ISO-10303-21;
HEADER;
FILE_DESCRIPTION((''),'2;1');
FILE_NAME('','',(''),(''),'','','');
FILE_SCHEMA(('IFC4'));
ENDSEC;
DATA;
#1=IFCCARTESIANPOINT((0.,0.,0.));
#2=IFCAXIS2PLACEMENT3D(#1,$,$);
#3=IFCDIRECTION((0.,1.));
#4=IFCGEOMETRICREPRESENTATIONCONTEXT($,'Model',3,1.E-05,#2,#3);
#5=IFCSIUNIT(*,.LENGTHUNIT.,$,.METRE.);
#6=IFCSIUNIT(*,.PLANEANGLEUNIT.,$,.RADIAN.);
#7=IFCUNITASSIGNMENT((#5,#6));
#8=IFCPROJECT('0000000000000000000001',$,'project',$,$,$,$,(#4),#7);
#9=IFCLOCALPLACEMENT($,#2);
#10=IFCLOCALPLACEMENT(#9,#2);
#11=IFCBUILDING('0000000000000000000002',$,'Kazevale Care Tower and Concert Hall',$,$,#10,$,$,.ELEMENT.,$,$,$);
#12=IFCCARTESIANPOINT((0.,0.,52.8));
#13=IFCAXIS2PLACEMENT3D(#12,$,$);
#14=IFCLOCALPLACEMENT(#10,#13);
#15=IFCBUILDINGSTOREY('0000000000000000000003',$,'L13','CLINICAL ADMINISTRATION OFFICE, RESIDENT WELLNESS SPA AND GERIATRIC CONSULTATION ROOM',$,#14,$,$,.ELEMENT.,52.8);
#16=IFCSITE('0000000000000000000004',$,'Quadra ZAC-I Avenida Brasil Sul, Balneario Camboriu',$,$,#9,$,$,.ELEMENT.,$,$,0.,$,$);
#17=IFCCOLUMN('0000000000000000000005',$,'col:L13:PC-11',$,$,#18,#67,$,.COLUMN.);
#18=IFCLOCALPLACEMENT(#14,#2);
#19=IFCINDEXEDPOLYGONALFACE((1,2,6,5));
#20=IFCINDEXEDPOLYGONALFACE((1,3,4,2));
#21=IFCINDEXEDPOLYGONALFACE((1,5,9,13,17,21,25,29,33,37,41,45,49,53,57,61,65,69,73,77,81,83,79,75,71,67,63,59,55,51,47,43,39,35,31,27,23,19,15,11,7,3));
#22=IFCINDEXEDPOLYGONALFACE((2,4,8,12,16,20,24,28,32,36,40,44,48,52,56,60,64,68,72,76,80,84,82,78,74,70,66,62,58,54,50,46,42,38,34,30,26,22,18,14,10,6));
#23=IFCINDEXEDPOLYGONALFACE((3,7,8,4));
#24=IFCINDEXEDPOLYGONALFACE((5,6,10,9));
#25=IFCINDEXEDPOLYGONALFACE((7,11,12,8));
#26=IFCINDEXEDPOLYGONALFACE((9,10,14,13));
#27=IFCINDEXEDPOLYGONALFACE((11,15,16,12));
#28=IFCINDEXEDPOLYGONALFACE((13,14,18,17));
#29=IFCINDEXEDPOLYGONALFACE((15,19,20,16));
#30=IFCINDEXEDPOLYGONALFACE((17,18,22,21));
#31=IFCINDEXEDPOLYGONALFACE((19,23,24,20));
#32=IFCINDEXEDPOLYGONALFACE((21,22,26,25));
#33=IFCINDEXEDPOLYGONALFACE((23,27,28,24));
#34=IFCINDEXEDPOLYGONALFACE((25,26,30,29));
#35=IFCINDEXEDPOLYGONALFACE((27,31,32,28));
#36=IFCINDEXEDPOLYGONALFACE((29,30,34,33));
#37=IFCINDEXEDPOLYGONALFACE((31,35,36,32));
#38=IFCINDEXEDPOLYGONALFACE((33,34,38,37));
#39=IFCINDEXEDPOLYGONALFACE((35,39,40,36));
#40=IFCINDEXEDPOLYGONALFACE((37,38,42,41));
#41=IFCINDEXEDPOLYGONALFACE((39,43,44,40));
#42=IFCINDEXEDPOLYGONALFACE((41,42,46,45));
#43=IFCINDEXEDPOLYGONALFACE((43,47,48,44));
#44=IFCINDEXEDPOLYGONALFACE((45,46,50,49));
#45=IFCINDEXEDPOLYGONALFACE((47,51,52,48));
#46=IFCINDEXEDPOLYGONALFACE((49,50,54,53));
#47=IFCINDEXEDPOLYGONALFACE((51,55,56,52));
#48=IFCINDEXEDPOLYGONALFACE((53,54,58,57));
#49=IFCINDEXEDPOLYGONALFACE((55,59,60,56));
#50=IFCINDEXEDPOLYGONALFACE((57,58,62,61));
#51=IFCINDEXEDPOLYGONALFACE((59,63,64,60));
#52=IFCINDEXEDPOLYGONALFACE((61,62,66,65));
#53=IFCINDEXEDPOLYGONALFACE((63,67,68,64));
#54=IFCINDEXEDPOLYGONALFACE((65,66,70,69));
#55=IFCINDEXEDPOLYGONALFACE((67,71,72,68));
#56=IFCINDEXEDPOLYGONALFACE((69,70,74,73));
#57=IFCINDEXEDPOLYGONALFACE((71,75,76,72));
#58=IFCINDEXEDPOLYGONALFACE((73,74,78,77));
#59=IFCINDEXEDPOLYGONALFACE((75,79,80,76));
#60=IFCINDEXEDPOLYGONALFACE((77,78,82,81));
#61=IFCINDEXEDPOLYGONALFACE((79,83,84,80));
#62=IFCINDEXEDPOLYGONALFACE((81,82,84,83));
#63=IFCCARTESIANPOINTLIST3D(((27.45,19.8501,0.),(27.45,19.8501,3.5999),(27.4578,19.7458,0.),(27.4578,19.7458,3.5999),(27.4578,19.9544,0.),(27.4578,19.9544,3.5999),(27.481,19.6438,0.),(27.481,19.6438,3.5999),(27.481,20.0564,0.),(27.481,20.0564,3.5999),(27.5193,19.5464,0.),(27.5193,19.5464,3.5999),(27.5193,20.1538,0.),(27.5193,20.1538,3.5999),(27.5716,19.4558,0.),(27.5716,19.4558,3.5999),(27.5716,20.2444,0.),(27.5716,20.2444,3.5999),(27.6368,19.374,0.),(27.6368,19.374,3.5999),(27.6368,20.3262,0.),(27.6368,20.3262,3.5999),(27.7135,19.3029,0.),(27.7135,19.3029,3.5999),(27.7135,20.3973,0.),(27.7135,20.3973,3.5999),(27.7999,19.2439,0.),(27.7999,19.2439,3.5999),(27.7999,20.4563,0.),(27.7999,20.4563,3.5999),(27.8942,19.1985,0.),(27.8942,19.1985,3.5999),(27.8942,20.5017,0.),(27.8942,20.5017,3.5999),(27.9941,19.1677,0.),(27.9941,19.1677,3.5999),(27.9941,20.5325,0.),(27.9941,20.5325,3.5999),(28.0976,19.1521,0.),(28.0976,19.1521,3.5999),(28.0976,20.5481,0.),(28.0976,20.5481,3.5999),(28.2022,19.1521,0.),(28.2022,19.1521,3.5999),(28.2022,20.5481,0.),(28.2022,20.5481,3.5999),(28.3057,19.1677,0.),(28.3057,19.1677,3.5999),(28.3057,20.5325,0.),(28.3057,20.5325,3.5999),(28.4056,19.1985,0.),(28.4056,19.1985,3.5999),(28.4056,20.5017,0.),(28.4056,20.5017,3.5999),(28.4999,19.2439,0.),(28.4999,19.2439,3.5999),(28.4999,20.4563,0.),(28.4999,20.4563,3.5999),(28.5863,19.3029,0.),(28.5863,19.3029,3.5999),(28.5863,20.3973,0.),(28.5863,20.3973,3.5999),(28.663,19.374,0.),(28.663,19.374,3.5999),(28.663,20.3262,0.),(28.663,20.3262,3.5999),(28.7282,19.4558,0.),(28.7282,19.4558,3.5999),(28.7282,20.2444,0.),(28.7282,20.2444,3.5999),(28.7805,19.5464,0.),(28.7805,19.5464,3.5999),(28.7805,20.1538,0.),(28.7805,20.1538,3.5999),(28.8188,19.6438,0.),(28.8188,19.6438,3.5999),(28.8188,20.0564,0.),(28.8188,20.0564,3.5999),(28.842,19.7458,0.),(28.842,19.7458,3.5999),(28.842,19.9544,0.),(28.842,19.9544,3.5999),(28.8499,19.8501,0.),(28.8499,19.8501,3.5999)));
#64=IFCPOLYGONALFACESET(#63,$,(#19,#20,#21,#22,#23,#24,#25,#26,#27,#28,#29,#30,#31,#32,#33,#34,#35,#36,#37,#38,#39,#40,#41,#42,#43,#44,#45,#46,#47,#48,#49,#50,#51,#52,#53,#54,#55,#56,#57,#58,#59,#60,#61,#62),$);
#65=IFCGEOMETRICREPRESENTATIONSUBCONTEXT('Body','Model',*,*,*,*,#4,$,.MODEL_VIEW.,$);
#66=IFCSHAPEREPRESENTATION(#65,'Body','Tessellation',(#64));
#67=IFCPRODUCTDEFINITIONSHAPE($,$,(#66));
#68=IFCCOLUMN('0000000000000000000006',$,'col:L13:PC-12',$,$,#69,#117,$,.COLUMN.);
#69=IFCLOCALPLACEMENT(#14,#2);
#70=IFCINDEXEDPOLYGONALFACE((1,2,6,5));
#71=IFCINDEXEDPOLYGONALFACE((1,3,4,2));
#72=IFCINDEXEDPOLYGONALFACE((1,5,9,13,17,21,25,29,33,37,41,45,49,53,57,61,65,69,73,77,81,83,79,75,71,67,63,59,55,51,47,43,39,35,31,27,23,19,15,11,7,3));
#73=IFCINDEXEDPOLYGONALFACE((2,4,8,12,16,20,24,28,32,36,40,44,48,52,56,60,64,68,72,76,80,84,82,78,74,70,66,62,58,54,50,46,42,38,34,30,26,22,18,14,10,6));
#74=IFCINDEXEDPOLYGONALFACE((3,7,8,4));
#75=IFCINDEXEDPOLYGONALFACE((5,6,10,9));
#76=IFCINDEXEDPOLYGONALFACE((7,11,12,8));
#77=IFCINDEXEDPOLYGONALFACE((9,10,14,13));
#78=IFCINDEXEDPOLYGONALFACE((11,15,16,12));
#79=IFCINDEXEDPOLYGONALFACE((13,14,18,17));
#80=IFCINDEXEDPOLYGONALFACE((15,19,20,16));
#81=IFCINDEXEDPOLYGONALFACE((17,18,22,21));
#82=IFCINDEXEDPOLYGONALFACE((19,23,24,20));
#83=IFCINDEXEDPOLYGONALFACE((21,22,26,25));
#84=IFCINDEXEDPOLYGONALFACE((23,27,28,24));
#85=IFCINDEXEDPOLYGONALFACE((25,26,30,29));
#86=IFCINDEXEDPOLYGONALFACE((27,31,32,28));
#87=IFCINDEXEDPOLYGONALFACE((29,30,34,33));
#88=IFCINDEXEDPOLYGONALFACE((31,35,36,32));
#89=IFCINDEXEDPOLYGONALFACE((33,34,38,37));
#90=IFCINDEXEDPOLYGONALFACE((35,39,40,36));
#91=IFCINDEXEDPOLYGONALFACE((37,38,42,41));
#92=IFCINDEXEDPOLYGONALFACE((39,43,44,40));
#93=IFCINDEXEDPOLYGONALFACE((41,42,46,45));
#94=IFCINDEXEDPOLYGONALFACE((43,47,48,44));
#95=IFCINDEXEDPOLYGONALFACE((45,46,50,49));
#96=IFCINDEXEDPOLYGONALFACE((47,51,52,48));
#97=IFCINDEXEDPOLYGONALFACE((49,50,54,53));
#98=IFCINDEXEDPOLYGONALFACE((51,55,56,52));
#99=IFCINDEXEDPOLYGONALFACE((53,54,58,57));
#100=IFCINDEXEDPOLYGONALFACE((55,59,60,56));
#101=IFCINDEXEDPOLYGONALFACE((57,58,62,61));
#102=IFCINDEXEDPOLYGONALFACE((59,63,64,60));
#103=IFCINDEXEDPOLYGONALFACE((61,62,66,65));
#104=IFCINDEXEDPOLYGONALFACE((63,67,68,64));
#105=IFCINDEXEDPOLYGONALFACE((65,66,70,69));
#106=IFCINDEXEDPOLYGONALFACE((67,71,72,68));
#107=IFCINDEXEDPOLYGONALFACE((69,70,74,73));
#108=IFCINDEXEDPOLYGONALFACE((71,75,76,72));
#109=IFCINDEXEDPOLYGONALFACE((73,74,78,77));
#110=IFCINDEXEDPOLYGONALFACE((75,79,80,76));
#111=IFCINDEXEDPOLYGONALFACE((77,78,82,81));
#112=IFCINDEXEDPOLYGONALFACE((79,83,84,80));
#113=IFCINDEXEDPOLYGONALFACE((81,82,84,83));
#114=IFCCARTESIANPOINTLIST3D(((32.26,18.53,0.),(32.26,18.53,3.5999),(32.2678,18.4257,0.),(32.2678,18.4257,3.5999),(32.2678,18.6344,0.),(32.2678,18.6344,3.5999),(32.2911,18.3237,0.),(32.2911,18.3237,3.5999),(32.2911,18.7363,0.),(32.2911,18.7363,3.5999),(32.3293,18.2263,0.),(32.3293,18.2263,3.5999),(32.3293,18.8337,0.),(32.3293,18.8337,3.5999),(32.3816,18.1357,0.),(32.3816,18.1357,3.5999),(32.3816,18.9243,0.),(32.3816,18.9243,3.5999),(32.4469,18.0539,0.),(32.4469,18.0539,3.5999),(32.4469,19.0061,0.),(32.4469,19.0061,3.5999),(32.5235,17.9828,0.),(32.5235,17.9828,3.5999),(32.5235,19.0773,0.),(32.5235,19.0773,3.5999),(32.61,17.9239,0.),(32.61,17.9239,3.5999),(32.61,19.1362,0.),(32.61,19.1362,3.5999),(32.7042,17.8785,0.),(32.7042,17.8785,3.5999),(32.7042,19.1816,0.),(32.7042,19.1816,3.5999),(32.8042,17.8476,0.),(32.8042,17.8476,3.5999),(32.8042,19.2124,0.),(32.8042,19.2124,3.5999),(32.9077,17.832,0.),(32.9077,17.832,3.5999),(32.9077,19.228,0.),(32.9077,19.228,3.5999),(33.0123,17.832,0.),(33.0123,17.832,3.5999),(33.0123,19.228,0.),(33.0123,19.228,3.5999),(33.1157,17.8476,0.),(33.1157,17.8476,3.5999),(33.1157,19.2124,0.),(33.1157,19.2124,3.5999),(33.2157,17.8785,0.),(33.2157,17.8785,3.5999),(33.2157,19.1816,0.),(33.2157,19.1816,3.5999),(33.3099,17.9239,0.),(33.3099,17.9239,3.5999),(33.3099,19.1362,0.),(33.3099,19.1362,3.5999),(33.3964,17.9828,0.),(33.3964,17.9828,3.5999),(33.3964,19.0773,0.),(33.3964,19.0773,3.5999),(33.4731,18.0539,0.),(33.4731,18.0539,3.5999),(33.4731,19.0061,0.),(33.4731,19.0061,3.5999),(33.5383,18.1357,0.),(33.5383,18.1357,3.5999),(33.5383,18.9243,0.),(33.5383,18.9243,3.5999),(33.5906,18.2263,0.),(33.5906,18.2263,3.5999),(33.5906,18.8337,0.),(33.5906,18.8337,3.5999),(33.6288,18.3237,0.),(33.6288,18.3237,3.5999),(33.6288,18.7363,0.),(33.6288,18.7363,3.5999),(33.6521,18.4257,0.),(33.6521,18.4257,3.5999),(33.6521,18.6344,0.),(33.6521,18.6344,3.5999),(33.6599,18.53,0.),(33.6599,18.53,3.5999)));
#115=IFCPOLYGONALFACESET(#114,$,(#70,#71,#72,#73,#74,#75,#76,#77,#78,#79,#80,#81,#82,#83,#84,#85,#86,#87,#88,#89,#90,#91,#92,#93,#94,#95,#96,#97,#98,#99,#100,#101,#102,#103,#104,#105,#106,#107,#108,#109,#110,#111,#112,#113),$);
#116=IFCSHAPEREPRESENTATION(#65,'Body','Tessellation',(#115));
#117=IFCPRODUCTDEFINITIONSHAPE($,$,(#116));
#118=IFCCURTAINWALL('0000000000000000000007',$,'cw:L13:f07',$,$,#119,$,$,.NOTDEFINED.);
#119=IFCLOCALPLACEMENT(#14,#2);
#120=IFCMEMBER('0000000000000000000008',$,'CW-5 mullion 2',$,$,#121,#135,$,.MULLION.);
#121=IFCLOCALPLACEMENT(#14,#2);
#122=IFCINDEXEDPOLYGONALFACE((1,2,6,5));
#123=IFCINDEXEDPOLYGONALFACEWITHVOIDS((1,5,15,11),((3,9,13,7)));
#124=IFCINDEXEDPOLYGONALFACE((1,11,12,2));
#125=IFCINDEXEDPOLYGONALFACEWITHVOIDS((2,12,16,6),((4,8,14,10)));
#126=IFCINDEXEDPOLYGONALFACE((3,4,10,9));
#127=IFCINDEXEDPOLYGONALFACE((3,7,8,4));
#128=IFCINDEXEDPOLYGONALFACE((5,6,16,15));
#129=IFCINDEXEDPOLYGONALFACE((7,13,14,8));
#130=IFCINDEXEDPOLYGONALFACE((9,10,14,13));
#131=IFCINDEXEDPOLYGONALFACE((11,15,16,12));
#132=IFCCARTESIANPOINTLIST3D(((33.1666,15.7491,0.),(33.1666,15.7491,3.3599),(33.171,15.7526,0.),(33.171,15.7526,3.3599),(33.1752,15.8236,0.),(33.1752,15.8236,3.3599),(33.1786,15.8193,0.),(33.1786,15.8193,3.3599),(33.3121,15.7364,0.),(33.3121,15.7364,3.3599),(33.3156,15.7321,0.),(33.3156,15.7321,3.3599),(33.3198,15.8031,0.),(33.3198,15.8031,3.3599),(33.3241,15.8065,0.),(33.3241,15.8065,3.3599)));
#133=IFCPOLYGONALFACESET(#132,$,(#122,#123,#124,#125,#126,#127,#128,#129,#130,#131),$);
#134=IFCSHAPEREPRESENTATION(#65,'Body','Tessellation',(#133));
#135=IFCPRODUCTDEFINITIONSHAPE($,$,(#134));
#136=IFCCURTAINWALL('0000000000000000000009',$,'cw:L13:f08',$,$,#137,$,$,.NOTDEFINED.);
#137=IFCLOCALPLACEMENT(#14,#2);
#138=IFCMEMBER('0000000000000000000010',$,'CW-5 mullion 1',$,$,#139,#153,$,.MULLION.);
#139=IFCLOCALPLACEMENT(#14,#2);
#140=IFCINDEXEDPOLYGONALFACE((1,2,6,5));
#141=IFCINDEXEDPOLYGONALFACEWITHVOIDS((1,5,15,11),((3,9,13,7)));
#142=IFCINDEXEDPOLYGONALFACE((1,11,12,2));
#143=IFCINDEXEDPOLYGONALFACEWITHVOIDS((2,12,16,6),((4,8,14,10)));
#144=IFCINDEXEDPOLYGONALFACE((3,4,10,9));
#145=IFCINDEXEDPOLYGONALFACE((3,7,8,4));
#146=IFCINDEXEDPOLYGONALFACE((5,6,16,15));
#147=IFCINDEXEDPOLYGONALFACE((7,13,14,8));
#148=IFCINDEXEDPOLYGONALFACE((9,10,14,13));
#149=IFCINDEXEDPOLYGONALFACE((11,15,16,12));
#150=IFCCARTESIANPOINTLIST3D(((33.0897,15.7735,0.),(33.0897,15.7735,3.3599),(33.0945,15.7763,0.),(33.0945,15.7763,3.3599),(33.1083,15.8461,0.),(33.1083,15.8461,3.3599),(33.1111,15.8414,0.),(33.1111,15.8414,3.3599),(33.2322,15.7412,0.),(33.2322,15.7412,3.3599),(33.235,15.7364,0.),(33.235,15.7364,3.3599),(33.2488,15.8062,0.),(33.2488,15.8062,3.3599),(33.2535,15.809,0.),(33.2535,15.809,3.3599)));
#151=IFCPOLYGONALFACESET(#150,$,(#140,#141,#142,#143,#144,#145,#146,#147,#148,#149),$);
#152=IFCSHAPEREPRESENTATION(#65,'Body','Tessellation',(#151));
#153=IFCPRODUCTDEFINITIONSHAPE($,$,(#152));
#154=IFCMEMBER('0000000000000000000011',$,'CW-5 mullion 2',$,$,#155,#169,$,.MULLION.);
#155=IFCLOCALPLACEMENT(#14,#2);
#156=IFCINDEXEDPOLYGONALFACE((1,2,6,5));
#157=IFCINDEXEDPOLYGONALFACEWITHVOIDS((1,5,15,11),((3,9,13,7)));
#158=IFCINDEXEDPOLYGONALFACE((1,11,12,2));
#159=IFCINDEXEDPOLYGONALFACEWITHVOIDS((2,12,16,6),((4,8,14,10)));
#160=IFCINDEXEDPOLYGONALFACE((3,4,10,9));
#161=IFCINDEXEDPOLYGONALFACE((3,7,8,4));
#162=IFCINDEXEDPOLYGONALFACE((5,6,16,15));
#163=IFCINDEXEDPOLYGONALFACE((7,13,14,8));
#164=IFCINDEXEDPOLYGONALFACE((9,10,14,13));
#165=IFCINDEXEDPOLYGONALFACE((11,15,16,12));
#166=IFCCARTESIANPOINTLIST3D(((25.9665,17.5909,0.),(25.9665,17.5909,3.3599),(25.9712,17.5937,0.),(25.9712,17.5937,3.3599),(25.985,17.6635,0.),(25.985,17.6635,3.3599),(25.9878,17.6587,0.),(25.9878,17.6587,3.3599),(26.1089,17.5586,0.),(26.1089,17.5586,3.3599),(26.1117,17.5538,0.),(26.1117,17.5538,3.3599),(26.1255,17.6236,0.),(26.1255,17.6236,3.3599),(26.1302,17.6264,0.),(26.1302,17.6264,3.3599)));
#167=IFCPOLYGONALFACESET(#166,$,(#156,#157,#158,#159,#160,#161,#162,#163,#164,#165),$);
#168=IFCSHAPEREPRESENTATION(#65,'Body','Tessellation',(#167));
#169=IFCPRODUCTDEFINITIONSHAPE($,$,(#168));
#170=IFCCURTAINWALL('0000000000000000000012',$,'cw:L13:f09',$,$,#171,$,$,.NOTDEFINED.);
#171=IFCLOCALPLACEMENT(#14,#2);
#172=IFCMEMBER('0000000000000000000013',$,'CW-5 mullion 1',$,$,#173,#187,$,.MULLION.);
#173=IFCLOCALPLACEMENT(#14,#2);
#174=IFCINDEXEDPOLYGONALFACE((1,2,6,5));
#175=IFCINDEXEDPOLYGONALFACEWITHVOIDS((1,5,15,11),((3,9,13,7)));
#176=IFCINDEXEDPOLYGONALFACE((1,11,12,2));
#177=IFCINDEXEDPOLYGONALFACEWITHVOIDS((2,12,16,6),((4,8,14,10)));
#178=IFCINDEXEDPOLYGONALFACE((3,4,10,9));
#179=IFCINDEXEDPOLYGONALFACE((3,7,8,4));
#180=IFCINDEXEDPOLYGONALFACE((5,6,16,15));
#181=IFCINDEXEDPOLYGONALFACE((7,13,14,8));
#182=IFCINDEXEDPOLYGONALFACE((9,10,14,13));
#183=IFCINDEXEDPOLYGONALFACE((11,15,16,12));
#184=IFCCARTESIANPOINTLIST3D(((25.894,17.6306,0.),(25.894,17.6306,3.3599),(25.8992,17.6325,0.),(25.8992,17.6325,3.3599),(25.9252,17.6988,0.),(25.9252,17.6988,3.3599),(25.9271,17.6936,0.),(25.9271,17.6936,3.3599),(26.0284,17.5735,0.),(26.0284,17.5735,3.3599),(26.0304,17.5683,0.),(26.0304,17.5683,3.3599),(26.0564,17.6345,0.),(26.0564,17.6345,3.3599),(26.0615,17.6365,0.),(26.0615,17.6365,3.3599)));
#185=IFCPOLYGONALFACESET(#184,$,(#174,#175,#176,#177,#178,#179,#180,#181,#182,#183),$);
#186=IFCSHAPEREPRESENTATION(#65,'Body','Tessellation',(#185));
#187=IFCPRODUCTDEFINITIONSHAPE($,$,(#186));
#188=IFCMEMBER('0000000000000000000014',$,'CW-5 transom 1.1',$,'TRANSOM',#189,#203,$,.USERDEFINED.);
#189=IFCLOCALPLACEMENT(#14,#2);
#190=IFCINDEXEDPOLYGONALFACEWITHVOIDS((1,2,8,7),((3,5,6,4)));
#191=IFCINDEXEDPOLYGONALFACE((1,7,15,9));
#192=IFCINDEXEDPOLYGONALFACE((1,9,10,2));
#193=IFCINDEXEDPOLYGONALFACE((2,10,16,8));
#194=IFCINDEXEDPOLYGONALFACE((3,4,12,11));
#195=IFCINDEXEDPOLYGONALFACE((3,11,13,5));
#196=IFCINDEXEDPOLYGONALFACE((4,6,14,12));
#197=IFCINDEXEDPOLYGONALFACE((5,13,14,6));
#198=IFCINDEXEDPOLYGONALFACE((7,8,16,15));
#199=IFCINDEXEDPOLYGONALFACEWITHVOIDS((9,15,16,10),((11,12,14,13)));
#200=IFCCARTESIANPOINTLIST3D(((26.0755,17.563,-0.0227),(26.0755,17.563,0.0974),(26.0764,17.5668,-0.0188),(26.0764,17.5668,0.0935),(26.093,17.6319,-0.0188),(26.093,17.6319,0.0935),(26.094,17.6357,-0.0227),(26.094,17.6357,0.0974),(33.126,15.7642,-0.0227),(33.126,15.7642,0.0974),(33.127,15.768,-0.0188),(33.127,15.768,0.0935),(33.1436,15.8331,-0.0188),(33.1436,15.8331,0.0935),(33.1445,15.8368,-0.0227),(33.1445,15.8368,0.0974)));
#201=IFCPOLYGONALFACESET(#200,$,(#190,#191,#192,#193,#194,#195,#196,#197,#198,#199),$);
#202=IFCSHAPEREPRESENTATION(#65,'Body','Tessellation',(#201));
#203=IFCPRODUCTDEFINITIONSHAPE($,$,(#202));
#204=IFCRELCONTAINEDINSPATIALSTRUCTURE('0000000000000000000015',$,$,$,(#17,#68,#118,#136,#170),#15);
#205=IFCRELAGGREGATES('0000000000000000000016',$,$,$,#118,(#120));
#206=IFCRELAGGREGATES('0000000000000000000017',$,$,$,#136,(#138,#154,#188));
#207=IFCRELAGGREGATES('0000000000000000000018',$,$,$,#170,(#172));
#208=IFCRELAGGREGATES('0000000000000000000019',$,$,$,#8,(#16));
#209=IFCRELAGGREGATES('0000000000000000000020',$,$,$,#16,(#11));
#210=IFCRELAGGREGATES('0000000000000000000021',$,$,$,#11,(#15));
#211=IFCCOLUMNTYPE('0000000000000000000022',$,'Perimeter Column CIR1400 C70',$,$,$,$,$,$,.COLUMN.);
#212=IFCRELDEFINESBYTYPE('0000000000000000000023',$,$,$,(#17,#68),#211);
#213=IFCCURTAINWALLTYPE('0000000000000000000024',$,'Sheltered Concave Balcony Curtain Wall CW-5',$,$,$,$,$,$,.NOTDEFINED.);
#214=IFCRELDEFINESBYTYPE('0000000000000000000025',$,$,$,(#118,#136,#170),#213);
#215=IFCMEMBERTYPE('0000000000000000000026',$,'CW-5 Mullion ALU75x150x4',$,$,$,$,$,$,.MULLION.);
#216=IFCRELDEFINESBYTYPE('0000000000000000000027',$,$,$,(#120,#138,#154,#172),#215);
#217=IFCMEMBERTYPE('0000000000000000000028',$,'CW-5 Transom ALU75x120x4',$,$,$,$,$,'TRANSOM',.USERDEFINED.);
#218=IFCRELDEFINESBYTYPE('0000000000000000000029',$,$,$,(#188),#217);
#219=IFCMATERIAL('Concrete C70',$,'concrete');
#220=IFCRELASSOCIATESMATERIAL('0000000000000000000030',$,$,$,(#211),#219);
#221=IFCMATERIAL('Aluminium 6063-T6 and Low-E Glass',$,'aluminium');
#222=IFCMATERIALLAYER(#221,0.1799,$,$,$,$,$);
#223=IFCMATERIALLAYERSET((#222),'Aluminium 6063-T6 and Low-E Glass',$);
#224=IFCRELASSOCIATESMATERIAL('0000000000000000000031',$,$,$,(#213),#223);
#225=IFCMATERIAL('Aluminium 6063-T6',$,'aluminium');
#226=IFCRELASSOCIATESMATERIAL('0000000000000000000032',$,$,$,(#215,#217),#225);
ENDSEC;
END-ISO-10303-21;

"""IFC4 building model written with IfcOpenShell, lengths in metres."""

from ifc_helpers import new_model, si_unit, direction, frame, origin, origin_2d, place, context, subcontext, project, spatial, hollow_rectangle, circle, extrude, material, layer, layer_set, material_profile, profile_set, type_object, element, aggregate, save


model = new_model("IFC4")

# Units and contexts
model_context = context("Model", 3, precision=1e-05, world=origin(), true_north=direction((0.0, 1.0)))
body_context = subcontext(model_context, "Body", "Model", "MODEL_VIEW")
ifc_project = project(units=[si_unit("LENGTHUNIT", "METRE"), si_unit("PLANEANGLEUNIT", "RADIAN")], contexts=[model_context])

# Site, building, storey
site_placement = place(None, origin())
site = spatial("IfcSite", under=ifc_project, at=site_placement, Name="Quadra ZAC-I Avenida Brasil Sul, Balneario Camboriu", CompositionType="ELEMENT", RefElevation=0.0)
building_placement = place(site_placement, origin())
building = spatial("IfcBuilding", under=site, at=building_placement, Name="Kazevale Care Tower and Concert Hall", CompositionType="ELEMENT")
storey_placement = place(building_placement, frame((0.0, 0.0, 52.8)))
storey = spatial("IfcBuildingStorey", under=building, at=storey_placement, Name="L13", Description="CLINICAL ADMINISTRATION OFFICE, RESIDENT WELLNESS SPA AND GERIATRIC CONSULTATION ROOM", CompositionType="ELEMENT", Elevation=52.8)

# Columns
ifc_material_1 = material(Name="Concrete C70", Category="concrete")
ifc_material_profile_1 = material_profile(ifc_material_1, circle(Radius=0.7, at=origin_2d()), Name="RC-CIR1400")
ifc_profile_set_1 = profile_set([ifc_material_profile_1], Name="Concrete C70")
column_type = type_object("IfcColumnType", Name="Perimeter Column CIR1400 C70", PredefinedType="COLUMN", material=ifc_profile_set_1)
for number, where, z_axis, x_axis, name in (
    (1, (28.1499, 19.8501, 0.0), (0.0, 0.0, 1.0), (1.0, 0.0, 0.0), "col:L13:PC-11"),
    (2, (32.96, 18.53, 0.0), (0.0, 0.0, 1.0), (1.0, 0.0, 0.0), "col:L13:PC-12"),
):
    element("IfcColumn", number, at=place(storey_placement, frame(where, z_axis=z_axis, x_axis=x_axis)), inside=storey, type_object=column_type, Name=name, PredefinedType="COLUMN", context=body_context, shape_type="SweptSolid", body=[
        extrude(circle(Radius=0.7, at=origin_2d()), origin(), (0.0, 0.0, 1.0), 3.5999),
    ])

# Curtain wall, member
ifc_material_2 = material(Name="Aluminium 6063-T6 and Low-E Glass", Category="aluminium")
ifc_layer_1 = layer(ifc_material_2, 0.1799)
ifc_layer_set_1 = layer_set([ifc_layer_1], Name="Aluminium 6063-T6 and Low-E Glass")
curtain_wall_type = type_object("IfcCurtainWallType", Name="Sheltered Concave Balcony Curtain Wall CW-5", PredefinedType="NOTDEFINED", material=ifc_layer_set_1)
curtain_wall_1_placement = place(storey_placement, origin())
curtain_wall_1 = element("IfcCurtainWall", 3, at=curtain_wall_1_placement, inside=storey, type_object=curtain_wall_type, Name="cw:L13:f07", PredefinedType="NOTDEFINED")
ifc_material_3 = material(Name="Aluminium 6063-T6", Category="aluminium")
ifc_material_profile_2 = material_profile(ifc_material_3, hollow_rectangle(XDim=0.075, YDim=0.1499, WallThickness=0.0039, at=origin_2d()), Name="ALU75x150x4")
ifc_profile_set_2 = profile_set([ifc_material_profile_2], Name="Aluminium 6063-T6")
member_type_1 = type_object("IfcMemberType", Name="CW-5 Mullion ALU75x150x4", PredefinedType="MULLION", material=ifc_profile_set_2)
member_1_placement = place(storey_placement, frame((33.2454, 15.7778, 0.0), z_axis=(0.0, 0.0, 1.0), x_axis=(-0.113705, -0.993515, 0.0)))
member_1 = element("IfcMember", 4, at=member_1_placement, type_object=member_type_1, Name="CW-5 mullion 2", PredefinedType="MULLION", context=body_context, shape_type="SweptSolid", body=[
    extrude(hollow_rectangle(XDim=0.075, YDim=0.1499, WallThickness=0.0039, at=origin_2d()), origin(), (0.0, 0.0, 1.0), 3.3599),
])
aggregate(curtain_wall_1, [member_1])

# Curtain wall, members
curtain_wall_2_placement = place(storey_placement, origin())
curtain_wall_2 = element("IfcCurtainWall", 5, at=curtain_wall_2_placement, inside=storey, type_object=curtain_wall_type, Name="cw:L13:f08", PredefinedType="NOTDEFINED")
member_2_placement = place(storey_placement, frame((33.1716, 15.7913, 0.0), z_axis=(0.0, 0.0, 1.0), x_axis=(-0.247222, -0.968959, 0.0)))
member_2 = element("IfcMember", 6, at=member_2_placement, type_object=member_type_1, Name="CW-5 mullion 1", PredefinedType="MULLION", context=body_context, shape_type="SweptSolid", body=[
    extrude(hollow_rectangle(XDim=0.075, YDim=0.1499, WallThickness=0.0039, at=origin_2d()), origin(), (0.0, 0.0, 1.0), 3.3599),
])
member_3_placement = place(storey_placement, frame((26.0483, 17.6086, 0.0), z_axis=(0.0, 0.0, 1.0), x_axis=(-0.247222, -0.968959, 0.0)))
member_3 = element("IfcMember", 7, at=member_3_placement, type_object=member_type_1, Name="CW-5 mullion 2", PredefinedType="MULLION", context=body_context, shape_type="SweptSolid", body=[
    extrude(hollow_rectangle(XDim=0.075, YDim=0.1499, WallThickness=0.0039, at=origin_2d()), origin(), (0.0, 0.0, 1.0), 3.3599),
])

# Curtain wall, member
curtain_wall_3_placement = place(storey_placement, origin())
curtain_wall_3 = element("IfcCurtainWall", 8, at=curtain_wall_3_placement, inside=storey, type_object=curtain_wall_type, Name="cw:L13:f09", PredefinedType="NOTDEFINED")
member_4_placement = place(storey_placement, frame((25.9778, 17.6335, 0.0), z_axis=(0.0, 0.0, 1.0), x_axis=(-0.41566, -0.90952, 0.0)))
member_4 = element("IfcMember", 9, at=member_4_placement, type_object=member_type_1, Name="CW-5 mullion 1", PredefinedType="MULLION", context=body_context, shape_type="SweptSolid", body=[
    extrude(hollow_rectangle(XDim=0.075, YDim=0.1499, WallThickness=0.0039, at=origin_2d()), origin(), (0.0, 0.0, 1.0), 3.3599),
])

# Member
ifc_material_profile_3 = material_profile(ifc_material_3, hollow_rectangle(XDim=0.075, YDim=0.1201, WallThickness=0.0039, at=origin_2d()), Name="ALU75x120x4")
ifc_profile_set_3 = profile_set([ifc_material_profile_3], Name="Aluminium 6063-T6")
member_type_2 = type_object("IfcMemberType", Name="CW-5 Transom ALU75x120x4", ElementType="TRANSOM", PredefinedType="USERDEFINED", material=ifc_profile_set_3)
member_5_placement = place(storey_placement, frame((33.1353, 15.8005, 0.0374), z_axis=(-0.968961, 0.247214, 0.0), x_axis=(-0.247214, -0.968961, 0.0)))
member_5 = element("IfcMember", 10, at=member_5_placement, type_object=member_type_2, Name="CW-5 transom 1.1", ObjectType="TRANSOM", PredefinedType="USERDEFINED", context=body_context, shape_type="SweptSolid", body=[
    extrude(hollow_rectangle(XDim=0.075, YDim=0.1201, WallThickness=0.0039, at=origin_2d()), origin(), (0.0, 0.0, 1.0), 7.2764),
])

aggregate(curtain_wall_2, [member_2, member_3, member_5])
aggregate(curtain_wall_3, [member_4])

save(model, "model.ifc")
